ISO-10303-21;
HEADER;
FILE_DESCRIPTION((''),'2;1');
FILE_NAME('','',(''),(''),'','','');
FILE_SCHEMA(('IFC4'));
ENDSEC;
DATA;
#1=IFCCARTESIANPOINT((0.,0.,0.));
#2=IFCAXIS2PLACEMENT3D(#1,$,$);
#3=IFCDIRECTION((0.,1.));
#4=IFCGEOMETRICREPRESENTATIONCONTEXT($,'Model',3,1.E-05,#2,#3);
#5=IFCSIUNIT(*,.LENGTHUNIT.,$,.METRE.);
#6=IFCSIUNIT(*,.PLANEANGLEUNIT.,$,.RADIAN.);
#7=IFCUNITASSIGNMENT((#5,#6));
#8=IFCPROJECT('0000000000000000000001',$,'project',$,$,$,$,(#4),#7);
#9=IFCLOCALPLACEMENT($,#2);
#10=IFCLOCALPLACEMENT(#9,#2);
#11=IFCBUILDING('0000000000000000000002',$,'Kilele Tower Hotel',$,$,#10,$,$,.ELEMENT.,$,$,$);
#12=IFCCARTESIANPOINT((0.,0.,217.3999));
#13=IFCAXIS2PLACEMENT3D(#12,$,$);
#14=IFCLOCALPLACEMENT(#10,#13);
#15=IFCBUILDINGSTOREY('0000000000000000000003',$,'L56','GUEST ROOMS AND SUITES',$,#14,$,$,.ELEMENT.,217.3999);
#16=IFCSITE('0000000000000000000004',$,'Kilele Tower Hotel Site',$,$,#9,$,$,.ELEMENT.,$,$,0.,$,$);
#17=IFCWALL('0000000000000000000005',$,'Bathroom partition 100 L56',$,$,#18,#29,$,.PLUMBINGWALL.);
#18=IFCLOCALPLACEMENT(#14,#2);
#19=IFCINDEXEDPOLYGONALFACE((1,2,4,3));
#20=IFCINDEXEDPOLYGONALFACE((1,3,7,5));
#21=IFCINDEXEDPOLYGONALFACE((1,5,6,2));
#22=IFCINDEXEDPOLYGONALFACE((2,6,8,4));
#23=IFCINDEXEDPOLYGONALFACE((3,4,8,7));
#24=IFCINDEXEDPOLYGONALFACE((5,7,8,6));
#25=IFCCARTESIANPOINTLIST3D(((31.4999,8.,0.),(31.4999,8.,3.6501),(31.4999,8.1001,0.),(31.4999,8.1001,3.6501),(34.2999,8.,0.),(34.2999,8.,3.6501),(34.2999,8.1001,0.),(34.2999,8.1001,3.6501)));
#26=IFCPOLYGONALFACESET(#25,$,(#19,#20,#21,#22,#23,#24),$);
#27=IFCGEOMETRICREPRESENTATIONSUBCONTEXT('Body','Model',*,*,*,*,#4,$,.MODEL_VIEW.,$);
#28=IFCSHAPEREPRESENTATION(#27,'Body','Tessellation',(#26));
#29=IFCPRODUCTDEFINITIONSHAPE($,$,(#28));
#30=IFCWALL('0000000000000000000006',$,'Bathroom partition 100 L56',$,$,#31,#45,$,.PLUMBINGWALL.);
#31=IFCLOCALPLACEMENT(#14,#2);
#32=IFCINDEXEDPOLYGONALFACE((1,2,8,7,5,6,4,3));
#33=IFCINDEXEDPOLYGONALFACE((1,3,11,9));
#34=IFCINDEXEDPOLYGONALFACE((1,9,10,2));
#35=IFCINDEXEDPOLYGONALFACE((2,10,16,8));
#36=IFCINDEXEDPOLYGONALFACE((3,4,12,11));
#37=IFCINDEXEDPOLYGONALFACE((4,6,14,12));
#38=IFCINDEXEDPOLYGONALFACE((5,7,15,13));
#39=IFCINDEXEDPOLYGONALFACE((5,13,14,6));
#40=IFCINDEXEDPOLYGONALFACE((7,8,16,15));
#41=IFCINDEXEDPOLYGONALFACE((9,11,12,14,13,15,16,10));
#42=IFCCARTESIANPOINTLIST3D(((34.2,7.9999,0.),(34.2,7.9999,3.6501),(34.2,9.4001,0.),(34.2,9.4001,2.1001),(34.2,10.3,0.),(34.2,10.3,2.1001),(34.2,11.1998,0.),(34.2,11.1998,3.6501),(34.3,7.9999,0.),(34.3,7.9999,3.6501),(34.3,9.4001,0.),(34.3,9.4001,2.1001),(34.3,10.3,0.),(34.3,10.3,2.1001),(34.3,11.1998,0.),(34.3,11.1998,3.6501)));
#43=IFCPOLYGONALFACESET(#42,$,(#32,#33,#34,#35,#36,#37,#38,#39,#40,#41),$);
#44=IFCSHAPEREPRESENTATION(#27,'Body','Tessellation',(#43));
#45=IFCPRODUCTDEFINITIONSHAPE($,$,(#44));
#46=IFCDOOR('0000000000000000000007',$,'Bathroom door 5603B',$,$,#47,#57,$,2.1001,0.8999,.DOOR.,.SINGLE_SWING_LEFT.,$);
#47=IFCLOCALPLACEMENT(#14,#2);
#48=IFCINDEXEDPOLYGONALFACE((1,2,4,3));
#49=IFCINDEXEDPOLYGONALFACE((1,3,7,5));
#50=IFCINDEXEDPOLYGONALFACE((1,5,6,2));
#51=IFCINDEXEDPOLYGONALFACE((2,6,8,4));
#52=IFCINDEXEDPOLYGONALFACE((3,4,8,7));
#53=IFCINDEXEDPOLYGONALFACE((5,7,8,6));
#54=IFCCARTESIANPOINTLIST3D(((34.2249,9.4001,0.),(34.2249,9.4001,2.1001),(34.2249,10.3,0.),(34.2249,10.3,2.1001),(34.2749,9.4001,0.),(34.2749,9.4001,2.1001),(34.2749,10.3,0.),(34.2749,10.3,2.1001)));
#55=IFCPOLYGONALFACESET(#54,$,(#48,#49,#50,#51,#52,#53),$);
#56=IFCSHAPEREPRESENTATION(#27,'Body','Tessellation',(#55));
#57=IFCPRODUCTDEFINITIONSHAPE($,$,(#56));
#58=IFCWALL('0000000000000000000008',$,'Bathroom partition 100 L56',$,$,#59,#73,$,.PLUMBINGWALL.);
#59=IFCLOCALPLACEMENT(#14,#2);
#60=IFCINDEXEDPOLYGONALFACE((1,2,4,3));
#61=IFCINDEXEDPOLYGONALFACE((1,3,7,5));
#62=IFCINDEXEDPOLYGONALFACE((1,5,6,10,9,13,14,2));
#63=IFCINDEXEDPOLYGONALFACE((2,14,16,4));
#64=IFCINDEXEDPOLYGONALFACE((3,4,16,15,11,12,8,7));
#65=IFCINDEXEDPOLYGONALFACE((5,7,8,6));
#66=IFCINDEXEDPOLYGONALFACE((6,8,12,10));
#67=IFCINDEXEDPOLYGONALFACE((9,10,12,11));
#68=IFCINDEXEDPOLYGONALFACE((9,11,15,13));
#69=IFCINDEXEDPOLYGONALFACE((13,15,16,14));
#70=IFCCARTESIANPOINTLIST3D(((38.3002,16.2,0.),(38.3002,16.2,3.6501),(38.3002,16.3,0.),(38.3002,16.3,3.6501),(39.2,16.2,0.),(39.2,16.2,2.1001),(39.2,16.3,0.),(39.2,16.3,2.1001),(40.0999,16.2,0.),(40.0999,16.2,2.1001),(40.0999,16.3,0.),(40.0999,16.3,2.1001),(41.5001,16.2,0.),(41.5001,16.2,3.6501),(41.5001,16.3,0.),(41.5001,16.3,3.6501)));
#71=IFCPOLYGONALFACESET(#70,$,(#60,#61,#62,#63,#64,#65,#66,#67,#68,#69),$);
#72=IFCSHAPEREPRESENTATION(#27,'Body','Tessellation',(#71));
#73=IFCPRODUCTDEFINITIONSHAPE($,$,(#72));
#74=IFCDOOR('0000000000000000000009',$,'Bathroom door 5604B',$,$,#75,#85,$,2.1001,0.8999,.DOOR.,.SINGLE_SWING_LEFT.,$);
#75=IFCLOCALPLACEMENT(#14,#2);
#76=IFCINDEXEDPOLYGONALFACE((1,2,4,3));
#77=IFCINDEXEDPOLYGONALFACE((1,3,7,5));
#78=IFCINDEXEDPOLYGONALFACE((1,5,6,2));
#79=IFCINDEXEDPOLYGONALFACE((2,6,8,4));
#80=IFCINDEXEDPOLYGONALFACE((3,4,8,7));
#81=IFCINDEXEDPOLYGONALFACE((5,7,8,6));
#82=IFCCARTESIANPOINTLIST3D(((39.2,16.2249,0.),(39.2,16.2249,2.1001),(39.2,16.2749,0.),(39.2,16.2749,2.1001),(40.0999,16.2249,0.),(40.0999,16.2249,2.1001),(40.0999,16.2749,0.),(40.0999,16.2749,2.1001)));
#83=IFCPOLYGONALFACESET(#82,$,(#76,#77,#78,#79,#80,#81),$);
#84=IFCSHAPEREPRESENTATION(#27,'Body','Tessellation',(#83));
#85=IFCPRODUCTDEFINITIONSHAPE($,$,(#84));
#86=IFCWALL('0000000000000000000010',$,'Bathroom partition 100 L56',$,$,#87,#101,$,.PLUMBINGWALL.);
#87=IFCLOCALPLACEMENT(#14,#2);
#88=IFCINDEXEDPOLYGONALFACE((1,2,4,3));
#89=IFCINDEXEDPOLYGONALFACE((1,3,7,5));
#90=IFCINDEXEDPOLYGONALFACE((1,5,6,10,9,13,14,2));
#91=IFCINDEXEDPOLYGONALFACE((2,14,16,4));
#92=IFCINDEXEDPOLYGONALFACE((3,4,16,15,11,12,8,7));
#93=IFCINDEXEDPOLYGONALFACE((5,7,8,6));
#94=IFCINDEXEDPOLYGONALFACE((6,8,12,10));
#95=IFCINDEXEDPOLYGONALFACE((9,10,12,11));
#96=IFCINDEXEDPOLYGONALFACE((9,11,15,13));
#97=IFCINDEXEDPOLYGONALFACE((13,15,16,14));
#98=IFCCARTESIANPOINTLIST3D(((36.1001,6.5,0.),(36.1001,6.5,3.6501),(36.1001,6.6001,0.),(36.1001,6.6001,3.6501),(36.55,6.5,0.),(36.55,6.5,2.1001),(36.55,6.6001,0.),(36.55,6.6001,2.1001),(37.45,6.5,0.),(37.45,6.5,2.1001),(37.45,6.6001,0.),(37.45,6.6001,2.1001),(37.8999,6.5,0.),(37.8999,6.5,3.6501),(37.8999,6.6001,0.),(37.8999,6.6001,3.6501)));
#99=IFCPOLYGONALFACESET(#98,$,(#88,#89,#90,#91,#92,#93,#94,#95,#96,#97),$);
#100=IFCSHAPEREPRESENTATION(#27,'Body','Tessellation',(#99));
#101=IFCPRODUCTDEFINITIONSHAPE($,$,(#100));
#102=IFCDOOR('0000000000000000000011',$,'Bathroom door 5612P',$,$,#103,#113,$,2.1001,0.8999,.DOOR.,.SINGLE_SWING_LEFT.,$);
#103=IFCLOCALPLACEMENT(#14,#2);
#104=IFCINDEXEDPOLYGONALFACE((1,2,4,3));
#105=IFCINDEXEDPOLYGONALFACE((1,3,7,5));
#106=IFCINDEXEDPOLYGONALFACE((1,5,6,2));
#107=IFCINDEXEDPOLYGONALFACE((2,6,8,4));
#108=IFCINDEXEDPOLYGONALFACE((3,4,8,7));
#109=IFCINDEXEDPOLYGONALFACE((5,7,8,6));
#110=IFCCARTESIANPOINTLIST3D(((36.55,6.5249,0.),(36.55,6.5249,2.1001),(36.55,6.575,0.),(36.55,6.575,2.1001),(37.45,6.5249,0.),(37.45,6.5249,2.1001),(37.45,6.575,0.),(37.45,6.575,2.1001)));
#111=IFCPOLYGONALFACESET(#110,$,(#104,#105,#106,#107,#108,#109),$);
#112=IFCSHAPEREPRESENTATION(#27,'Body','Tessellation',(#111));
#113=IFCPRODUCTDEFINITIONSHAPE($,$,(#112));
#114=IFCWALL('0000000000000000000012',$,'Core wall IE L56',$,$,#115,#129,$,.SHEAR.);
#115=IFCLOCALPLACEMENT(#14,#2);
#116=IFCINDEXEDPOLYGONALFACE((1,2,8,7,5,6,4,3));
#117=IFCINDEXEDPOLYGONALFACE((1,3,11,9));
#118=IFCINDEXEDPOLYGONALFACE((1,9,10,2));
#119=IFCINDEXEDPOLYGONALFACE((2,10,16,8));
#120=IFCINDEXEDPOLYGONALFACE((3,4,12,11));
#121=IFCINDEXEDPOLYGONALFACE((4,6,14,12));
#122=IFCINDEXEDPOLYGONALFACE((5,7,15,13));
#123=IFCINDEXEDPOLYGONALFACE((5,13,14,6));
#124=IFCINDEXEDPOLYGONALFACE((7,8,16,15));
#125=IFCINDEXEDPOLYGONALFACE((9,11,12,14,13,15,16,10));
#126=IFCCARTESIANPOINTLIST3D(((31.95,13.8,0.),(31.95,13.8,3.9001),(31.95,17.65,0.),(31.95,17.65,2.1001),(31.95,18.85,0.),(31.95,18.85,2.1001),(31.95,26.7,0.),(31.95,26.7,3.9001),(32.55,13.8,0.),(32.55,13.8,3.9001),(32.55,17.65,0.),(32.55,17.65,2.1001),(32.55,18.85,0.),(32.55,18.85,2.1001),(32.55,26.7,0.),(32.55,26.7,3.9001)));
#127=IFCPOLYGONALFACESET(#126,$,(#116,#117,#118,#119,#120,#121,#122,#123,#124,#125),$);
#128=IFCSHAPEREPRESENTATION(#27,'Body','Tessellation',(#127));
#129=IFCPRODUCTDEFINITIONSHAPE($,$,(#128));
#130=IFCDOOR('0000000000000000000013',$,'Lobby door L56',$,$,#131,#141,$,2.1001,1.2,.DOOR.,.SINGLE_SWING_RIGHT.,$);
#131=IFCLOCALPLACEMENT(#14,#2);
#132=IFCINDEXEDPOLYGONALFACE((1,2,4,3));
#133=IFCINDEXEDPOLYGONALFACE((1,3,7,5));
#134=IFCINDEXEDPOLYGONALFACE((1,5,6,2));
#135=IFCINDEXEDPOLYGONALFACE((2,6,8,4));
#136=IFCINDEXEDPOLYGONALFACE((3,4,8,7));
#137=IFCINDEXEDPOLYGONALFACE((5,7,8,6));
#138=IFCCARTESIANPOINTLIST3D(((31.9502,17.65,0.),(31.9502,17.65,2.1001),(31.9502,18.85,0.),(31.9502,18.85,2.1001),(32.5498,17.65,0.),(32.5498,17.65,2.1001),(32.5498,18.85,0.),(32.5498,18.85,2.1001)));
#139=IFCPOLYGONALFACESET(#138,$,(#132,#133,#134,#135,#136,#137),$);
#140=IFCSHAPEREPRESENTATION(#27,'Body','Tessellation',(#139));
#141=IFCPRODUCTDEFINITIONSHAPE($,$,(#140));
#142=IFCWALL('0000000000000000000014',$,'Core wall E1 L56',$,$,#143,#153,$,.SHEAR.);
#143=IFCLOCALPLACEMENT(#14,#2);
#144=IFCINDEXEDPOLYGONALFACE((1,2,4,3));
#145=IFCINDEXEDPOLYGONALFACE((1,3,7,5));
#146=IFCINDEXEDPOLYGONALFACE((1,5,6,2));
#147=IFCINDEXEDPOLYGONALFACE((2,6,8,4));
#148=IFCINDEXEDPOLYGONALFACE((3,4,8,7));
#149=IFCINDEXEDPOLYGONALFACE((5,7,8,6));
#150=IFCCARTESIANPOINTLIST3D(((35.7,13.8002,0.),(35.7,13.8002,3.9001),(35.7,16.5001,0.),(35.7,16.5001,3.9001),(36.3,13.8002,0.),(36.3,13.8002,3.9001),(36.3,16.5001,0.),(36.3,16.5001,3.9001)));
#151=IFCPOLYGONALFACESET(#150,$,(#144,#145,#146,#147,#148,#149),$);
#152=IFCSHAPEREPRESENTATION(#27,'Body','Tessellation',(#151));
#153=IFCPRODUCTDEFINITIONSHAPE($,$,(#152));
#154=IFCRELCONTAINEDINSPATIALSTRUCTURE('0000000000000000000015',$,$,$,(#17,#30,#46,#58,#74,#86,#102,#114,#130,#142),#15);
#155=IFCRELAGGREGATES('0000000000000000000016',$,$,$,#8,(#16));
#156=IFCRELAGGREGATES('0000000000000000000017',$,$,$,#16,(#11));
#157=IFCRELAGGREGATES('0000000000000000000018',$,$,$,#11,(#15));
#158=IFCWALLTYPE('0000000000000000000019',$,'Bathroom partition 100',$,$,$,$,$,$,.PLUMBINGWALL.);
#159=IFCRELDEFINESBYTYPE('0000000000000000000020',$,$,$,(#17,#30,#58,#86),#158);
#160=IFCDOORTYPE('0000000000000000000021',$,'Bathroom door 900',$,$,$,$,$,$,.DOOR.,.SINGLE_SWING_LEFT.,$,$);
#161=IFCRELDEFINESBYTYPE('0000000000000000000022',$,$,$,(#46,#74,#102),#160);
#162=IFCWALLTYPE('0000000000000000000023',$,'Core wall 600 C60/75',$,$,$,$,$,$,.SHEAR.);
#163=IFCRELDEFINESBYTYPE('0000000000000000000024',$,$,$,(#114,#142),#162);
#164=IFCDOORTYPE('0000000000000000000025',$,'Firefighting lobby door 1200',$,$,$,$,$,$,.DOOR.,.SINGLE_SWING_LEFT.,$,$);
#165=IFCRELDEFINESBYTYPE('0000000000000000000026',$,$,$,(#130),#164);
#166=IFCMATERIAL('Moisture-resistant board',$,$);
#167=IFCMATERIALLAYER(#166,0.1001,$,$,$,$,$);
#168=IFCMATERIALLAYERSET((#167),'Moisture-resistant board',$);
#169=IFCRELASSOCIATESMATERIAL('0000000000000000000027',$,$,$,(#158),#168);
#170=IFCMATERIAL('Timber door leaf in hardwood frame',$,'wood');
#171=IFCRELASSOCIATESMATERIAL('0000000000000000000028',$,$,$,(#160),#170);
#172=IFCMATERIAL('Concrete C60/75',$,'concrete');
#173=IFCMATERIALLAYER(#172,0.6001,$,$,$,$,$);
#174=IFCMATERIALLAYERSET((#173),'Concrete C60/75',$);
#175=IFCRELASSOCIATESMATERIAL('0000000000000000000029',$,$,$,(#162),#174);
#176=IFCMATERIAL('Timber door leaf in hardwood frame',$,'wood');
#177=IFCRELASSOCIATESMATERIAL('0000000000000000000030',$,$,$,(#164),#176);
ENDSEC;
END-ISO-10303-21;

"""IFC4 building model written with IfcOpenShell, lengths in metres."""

from ifc_helpers import new_model, si_unit, direction, frame, frame_2d, origin, place, context, subcontext, project, spatial, rectangle, extrude, material, layer, layer_set, type_object, element, fill, save


model = new_model("IFC4")

# Units and contexts
model_context = context("Model", 3, precision=1e-05, world=origin(), true_north=direction((0.0, 1.0)))
body_context = subcontext(model_context, "Body", "Model", "MODEL_VIEW")
ifc_project = project(units=[si_unit("LENGTHUNIT", "METRE"), si_unit("PLANEANGLEUNIT", "RADIAN")], contexts=[model_context])

# Site, building, storey
site_placement = place(None, origin())
site = spatial("IfcSite", under=ifc_project, at=site_placement, Name="Kilele Tower Hotel Site", CompositionType="ELEMENT", RefElevation=0.0)
building_placement = place(site_placement, origin())
building = spatial("IfcBuilding", under=site, at=building_placement, Name="Kilele Tower Hotel", CompositionType="ELEMENT")
storey_placement = place(building_placement, frame((0.0, 0.0, 217.3999)))
storey = spatial("IfcBuildingStorey", under=building, at=storey_placement, Name="L56", Description="GUEST ROOMS AND SUITES", CompositionType="ELEMENT", Elevation=217.3999)

# Wall
ifc_material_1 = material(Name="Moisture-resistant board")
ifc_layer_1 = layer(ifc_material_1, 0.1001)
ifc_layer_set_1 = layer_set([ifc_layer_1], Name="Moisture-resistant board")
wall_type_1 = type_object("IfcWallType", Name="Bathroom partition 100", PredefinedType="PLUMBINGWALL", material=ifc_layer_set_1)
wall_1_placement = place(storey_placement, frame((31.5, 8.05, 0.0), z_axis=(0.0, 0.0, 1.0), x_axis=(1.0, 0.0, 0.0)))
element("IfcWall", 1, at=wall_1_placement, inside=storey, type_object=wall_type_1, Name="Bathroom partition 100 L56", PredefinedType="PLUMBINGWALL", context=body_context, shape_type="SweptSolid", body=[
    extrude(rectangle(XDim=2.8, YDim=0.1001, at=frame_2d((1.3999, 0.0))), origin(), (0.0, 0.0, 1.0), 3.6501),
])

# Walls, openings, doors
wall_2_placement = place(storey_placement, frame((34.25, 11.2, 0.0), z_axis=(0.0, 0.0, 1.0), x_axis=(0.0, -1.0, 0.0)))
wall_2 = element("IfcWall", 2, at=wall_2_placement, inside=storey, type_object=wall_type_1, Name="Bathroom partition 100 L56", PredefinedType="PLUMBINGWALL", context=body_context, shape_type="SweptSolid", body=[
    extrude(rectangle(XDim=3.2, YDim=0.1001, at=frame_2d((1.6001, 0.0))), origin(), (0.0, 0.0, 1.0), 3.6501),
])
opening_1_placement = place(wall_2_placement, frame((0.8999, 0.0, 0.0)))
opening_1 = element("IfcOpeningElement", 3, at=opening_1_placement, cuts=wall_2, PredefinedType="OPENING", context=body_context, shape_type="SweptSolid", body=[
    extrude(rectangle(XDim=0.8999, YDim=2.1001, at=frame_2d((0.45, 1.05))), frame((0.0, 0.0601, 0.0), z_axis=(0.0, -1.0, 0.0), x_axis=(1.0, 0.0, 0.0)), (0.0, 0.0, 1.0), 0.1201),
])
ifc_material_2 = material(Name="Timber door leaf in hardwood frame", Category="wood")
door_type_1 = type_object("IfcDoorType", Name="Bathroom door 900", OperationType="SINGLE_SWING_LEFT", PredefinedType="DOOR", material=ifc_material_2)
door_1_placement = place(opening_1_placement, origin())
door_1 = element("IfcDoor", 4, at=door_1_placement, inside=storey, type_object=door_type_1, Name="Bathroom door 5603B", OperationType="SINGLE_SWING_LEFT", OverallHeight=2.1001, OverallWidth=0.8999, PredefinedType="DOOR", context=body_context, shape_type="SweptSolid", body=[
    extrude(rectangle(XDim=0.8999, YDim=2.1001, at=frame_2d((0.45, 1.05))), frame((0.0, 0.0249, 0.0), z_axis=(0.0, -1.0, 0.0), x_axis=(1.0, 0.0, 0.0)), (0.0, 0.0, 1.0), 0.05),
])
fill(opening_1, door_1)
wall_3_placement = place(storey_placement, frame((38.3, 16.25, 0.0), z_axis=(0.0, 0.0, 1.0), x_axis=(1.0, 0.0, 0.0)))
wall_3 = element("IfcWall", 5, at=wall_3_placement, inside=storey, type_object=wall_type_1, Name="Bathroom partition 100 L56", PredefinedType="PLUMBINGWALL", context=body_context, shape_type="SweptSolid", body=[
    extrude(rectangle(XDim=3.2, YDim=0.1001, at=frame_2d((1.6001, 0.0))), origin(), (0.0, 0.0, 1.0), 3.6501),
])
opening_2_placement = place(wall_3_placement, frame((0.8999, 0.0, 0.0)))
opening_2 = element("IfcOpeningElement", 6, at=opening_2_placement, cuts=wall_3, PredefinedType="OPENING", context=body_context, shape_type="SweptSolid", body=[
    extrude(rectangle(XDim=0.8999, YDim=2.1001, at=frame_2d((0.45, 1.05))), frame((0.0, 0.0601, 0.0), z_axis=(0.0, -1.0, 0.0), x_axis=(1.0, 0.0, 0.0)), (0.0, 0.0, 1.0), 0.1201),
])
door_2_placement = place(opening_2_placement, origin())
door_2 = element("IfcDoor", 7, at=door_2_placement, inside=storey, type_object=door_type_1, Name="Bathroom door 5604B", OperationType="SINGLE_SWING_LEFT", OverallHeight=2.1001, OverallWidth=0.8999, PredefinedType="DOOR", context=body_context, shape_type="SweptSolid", body=[
    extrude(rectangle(XDim=0.8999, YDim=2.1001, at=frame_2d((0.45, 1.05))), frame((0.0, 0.0249, 0.0), z_axis=(0.0, -1.0, 0.0), x_axis=(1.0, 0.0, 0.0)), (0.0, 0.0, 1.0), 0.05),
])
fill(opening_2, door_2)
wall_4_placement = place(storey_placement, frame((36.1001, 6.55, 0.0), z_axis=(0.0, 0.0, 1.0), x_axis=(1.0, 0.0, 0.0)))
wall_4 = element("IfcWall", 8, at=wall_4_placement, inside=storey, type_object=wall_type_1, Name="Bathroom partition 100 L56", PredefinedType="PLUMBINGWALL", context=body_context, shape_type="SweptSolid", body=[
    extrude(rectangle(XDim=1.7998, YDim=0.1001, at=frame_2d((0.8999, 0.0))), origin(), (0.0, 0.0, 1.0), 3.6501),
])
opening_3_placement = place(wall_4_placement, frame((0.45, 0.0, 0.0)))
opening_3 = element("IfcOpeningElement", 9, at=opening_3_placement, cuts=wall_4, PredefinedType="OPENING", context=body_context, shape_type="SweptSolid", body=[
    extrude(rectangle(XDim=0.8999, YDim=2.1001, at=frame_2d((0.45, 1.05))), frame((0.0, 0.0601, 0.0), z_axis=(0.0, -1.0, 0.0), x_axis=(1.0, 0.0, 0.0)), (0.0, 0.0, 1.0), 0.1201),
])
door_3_placement = place(opening_3_placement, origin())
door_3 = element("IfcDoor", 10, at=door_3_placement, inside=storey, type_object=door_type_1, Name="Bathroom door 5612P", OperationType="SINGLE_SWING_LEFT", OverallHeight=2.1001, OverallWidth=0.8999, PredefinedType="DOOR", context=body_context, shape_type="SweptSolid", body=[
    extrude(rectangle(XDim=0.8999, YDim=2.1001, at=frame_2d((0.45, 1.05))), frame((0.0, 0.0249, 0.0), z_axis=(0.0, -1.0, 0.0), x_axis=(1.0, 0.0, 0.0)), (0.0, 0.0, 1.0), 0.05),
])
fill(opening_3, door_3)
ifc_material_3 = material(Name="Concrete C60/75", Category="concrete")
ifc_layer_2 = layer(ifc_material_3, 0.6001)
ifc_layer_set_2 = layer_set([ifc_layer_2], Name="Concrete C60/75")
wall_type_2 = type_object("IfcWallType", Name="Core wall 600 C60/75", PredefinedType="SHEAR", material=ifc_layer_set_2)
wall_5_placement = place(storey_placement, frame((32.25, 13.8, 0.0), z_axis=(0.0, 0.0, 1.0), x_axis=(0.0, 1.0, 0.0)))
wall_5 = element("IfcWall", 11, at=wall_5_placement, inside=storey, type_object=wall_type_2, Name="Core wall IE L56", PredefinedType="SHEAR", context=body_context, shape_type="SweptSolid", body=[
    extrude(rectangle(XDim=12.8999, YDim=0.6001, at=frame_2d((6.45, 0.0))), origin(), (0.0, 0.0, 1.0), 3.9001),
])
opening_4_placement = place(wall_5_placement, frame((5.05, 0.0, 0.0), z_axis=(0.0, 0.0, 1.0), x_axis=(-1.0, 0.0, 0.0)))
opening_4 = element("IfcOpeningElement", 12, at=opening_4_placement, cuts=wall_5, PredefinedType="OPENING", context=body_context, shape_type="SweptSolid", body=[
    extrude(rectangle(XDim=1.2, YDim=2.1001, at=frame_2d((0.6001, 1.05))), frame((0.0, 0.3101, 0.0), z_axis=(0.0, -1.0, 0.0), x_axis=(1.0, 0.0, 0.0)), (0.0, 0.0, 1.0), 0.6201),
])
ifc_material_4 = material(Name="Timber door leaf in hardwood frame", Category="wood")
door_type_2 = type_object("IfcDoorType", Name="Firefighting lobby door 1200", OperationType="SINGLE_SWING_LEFT", PredefinedType="DOOR", material=ifc_material_4)
door_4_placement = place(opening_4_placement, origin())
door_4 = element("IfcDoor", 13, at=door_4_placement, inside=storey, type_object=door_type_2, Name="Lobby door L56", OperationType="SINGLE_SWING_RIGHT", OverallHeight=2.1001, OverallWidth=1.2, PredefinedType="DOOR", context=body_context, shape_type="SweptSolid", body=[
    extrude(rectangle(XDim=1.2, YDim=2.1001, at=frame_2d((0.6001, 1.05))), frame((0.0, 0.2998, 0.0), z_axis=(0.0, -1.0, 0.0), x_axis=(1.0, 0.0, 0.0)), (0.0, 0.0, 1.0), 0.5996),
])
fill(opening_4, door_4)

# Wall
wall_6_placement = place(storey_placement, frame((36.0, 13.8, 0.0), z_axis=(0.0, 0.0, 1.0), x_axis=(0.0, 1.0, 0.0)))
element("IfcWall", 14, at=wall_6_placement, inside=storey, type_object=wall_type_2, Name="Core wall E1 L56", PredefinedType="SHEAR", context=body_context, shape_type="SweptSolid", body=[
    extrude(rectangle(XDim=2.7, YDim=0.6001, at=frame_2d((1.3501, 0.0))), origin(), (0.0, 0.0, 1.0), 3.9001),
])

save(model, "model.ifc")
